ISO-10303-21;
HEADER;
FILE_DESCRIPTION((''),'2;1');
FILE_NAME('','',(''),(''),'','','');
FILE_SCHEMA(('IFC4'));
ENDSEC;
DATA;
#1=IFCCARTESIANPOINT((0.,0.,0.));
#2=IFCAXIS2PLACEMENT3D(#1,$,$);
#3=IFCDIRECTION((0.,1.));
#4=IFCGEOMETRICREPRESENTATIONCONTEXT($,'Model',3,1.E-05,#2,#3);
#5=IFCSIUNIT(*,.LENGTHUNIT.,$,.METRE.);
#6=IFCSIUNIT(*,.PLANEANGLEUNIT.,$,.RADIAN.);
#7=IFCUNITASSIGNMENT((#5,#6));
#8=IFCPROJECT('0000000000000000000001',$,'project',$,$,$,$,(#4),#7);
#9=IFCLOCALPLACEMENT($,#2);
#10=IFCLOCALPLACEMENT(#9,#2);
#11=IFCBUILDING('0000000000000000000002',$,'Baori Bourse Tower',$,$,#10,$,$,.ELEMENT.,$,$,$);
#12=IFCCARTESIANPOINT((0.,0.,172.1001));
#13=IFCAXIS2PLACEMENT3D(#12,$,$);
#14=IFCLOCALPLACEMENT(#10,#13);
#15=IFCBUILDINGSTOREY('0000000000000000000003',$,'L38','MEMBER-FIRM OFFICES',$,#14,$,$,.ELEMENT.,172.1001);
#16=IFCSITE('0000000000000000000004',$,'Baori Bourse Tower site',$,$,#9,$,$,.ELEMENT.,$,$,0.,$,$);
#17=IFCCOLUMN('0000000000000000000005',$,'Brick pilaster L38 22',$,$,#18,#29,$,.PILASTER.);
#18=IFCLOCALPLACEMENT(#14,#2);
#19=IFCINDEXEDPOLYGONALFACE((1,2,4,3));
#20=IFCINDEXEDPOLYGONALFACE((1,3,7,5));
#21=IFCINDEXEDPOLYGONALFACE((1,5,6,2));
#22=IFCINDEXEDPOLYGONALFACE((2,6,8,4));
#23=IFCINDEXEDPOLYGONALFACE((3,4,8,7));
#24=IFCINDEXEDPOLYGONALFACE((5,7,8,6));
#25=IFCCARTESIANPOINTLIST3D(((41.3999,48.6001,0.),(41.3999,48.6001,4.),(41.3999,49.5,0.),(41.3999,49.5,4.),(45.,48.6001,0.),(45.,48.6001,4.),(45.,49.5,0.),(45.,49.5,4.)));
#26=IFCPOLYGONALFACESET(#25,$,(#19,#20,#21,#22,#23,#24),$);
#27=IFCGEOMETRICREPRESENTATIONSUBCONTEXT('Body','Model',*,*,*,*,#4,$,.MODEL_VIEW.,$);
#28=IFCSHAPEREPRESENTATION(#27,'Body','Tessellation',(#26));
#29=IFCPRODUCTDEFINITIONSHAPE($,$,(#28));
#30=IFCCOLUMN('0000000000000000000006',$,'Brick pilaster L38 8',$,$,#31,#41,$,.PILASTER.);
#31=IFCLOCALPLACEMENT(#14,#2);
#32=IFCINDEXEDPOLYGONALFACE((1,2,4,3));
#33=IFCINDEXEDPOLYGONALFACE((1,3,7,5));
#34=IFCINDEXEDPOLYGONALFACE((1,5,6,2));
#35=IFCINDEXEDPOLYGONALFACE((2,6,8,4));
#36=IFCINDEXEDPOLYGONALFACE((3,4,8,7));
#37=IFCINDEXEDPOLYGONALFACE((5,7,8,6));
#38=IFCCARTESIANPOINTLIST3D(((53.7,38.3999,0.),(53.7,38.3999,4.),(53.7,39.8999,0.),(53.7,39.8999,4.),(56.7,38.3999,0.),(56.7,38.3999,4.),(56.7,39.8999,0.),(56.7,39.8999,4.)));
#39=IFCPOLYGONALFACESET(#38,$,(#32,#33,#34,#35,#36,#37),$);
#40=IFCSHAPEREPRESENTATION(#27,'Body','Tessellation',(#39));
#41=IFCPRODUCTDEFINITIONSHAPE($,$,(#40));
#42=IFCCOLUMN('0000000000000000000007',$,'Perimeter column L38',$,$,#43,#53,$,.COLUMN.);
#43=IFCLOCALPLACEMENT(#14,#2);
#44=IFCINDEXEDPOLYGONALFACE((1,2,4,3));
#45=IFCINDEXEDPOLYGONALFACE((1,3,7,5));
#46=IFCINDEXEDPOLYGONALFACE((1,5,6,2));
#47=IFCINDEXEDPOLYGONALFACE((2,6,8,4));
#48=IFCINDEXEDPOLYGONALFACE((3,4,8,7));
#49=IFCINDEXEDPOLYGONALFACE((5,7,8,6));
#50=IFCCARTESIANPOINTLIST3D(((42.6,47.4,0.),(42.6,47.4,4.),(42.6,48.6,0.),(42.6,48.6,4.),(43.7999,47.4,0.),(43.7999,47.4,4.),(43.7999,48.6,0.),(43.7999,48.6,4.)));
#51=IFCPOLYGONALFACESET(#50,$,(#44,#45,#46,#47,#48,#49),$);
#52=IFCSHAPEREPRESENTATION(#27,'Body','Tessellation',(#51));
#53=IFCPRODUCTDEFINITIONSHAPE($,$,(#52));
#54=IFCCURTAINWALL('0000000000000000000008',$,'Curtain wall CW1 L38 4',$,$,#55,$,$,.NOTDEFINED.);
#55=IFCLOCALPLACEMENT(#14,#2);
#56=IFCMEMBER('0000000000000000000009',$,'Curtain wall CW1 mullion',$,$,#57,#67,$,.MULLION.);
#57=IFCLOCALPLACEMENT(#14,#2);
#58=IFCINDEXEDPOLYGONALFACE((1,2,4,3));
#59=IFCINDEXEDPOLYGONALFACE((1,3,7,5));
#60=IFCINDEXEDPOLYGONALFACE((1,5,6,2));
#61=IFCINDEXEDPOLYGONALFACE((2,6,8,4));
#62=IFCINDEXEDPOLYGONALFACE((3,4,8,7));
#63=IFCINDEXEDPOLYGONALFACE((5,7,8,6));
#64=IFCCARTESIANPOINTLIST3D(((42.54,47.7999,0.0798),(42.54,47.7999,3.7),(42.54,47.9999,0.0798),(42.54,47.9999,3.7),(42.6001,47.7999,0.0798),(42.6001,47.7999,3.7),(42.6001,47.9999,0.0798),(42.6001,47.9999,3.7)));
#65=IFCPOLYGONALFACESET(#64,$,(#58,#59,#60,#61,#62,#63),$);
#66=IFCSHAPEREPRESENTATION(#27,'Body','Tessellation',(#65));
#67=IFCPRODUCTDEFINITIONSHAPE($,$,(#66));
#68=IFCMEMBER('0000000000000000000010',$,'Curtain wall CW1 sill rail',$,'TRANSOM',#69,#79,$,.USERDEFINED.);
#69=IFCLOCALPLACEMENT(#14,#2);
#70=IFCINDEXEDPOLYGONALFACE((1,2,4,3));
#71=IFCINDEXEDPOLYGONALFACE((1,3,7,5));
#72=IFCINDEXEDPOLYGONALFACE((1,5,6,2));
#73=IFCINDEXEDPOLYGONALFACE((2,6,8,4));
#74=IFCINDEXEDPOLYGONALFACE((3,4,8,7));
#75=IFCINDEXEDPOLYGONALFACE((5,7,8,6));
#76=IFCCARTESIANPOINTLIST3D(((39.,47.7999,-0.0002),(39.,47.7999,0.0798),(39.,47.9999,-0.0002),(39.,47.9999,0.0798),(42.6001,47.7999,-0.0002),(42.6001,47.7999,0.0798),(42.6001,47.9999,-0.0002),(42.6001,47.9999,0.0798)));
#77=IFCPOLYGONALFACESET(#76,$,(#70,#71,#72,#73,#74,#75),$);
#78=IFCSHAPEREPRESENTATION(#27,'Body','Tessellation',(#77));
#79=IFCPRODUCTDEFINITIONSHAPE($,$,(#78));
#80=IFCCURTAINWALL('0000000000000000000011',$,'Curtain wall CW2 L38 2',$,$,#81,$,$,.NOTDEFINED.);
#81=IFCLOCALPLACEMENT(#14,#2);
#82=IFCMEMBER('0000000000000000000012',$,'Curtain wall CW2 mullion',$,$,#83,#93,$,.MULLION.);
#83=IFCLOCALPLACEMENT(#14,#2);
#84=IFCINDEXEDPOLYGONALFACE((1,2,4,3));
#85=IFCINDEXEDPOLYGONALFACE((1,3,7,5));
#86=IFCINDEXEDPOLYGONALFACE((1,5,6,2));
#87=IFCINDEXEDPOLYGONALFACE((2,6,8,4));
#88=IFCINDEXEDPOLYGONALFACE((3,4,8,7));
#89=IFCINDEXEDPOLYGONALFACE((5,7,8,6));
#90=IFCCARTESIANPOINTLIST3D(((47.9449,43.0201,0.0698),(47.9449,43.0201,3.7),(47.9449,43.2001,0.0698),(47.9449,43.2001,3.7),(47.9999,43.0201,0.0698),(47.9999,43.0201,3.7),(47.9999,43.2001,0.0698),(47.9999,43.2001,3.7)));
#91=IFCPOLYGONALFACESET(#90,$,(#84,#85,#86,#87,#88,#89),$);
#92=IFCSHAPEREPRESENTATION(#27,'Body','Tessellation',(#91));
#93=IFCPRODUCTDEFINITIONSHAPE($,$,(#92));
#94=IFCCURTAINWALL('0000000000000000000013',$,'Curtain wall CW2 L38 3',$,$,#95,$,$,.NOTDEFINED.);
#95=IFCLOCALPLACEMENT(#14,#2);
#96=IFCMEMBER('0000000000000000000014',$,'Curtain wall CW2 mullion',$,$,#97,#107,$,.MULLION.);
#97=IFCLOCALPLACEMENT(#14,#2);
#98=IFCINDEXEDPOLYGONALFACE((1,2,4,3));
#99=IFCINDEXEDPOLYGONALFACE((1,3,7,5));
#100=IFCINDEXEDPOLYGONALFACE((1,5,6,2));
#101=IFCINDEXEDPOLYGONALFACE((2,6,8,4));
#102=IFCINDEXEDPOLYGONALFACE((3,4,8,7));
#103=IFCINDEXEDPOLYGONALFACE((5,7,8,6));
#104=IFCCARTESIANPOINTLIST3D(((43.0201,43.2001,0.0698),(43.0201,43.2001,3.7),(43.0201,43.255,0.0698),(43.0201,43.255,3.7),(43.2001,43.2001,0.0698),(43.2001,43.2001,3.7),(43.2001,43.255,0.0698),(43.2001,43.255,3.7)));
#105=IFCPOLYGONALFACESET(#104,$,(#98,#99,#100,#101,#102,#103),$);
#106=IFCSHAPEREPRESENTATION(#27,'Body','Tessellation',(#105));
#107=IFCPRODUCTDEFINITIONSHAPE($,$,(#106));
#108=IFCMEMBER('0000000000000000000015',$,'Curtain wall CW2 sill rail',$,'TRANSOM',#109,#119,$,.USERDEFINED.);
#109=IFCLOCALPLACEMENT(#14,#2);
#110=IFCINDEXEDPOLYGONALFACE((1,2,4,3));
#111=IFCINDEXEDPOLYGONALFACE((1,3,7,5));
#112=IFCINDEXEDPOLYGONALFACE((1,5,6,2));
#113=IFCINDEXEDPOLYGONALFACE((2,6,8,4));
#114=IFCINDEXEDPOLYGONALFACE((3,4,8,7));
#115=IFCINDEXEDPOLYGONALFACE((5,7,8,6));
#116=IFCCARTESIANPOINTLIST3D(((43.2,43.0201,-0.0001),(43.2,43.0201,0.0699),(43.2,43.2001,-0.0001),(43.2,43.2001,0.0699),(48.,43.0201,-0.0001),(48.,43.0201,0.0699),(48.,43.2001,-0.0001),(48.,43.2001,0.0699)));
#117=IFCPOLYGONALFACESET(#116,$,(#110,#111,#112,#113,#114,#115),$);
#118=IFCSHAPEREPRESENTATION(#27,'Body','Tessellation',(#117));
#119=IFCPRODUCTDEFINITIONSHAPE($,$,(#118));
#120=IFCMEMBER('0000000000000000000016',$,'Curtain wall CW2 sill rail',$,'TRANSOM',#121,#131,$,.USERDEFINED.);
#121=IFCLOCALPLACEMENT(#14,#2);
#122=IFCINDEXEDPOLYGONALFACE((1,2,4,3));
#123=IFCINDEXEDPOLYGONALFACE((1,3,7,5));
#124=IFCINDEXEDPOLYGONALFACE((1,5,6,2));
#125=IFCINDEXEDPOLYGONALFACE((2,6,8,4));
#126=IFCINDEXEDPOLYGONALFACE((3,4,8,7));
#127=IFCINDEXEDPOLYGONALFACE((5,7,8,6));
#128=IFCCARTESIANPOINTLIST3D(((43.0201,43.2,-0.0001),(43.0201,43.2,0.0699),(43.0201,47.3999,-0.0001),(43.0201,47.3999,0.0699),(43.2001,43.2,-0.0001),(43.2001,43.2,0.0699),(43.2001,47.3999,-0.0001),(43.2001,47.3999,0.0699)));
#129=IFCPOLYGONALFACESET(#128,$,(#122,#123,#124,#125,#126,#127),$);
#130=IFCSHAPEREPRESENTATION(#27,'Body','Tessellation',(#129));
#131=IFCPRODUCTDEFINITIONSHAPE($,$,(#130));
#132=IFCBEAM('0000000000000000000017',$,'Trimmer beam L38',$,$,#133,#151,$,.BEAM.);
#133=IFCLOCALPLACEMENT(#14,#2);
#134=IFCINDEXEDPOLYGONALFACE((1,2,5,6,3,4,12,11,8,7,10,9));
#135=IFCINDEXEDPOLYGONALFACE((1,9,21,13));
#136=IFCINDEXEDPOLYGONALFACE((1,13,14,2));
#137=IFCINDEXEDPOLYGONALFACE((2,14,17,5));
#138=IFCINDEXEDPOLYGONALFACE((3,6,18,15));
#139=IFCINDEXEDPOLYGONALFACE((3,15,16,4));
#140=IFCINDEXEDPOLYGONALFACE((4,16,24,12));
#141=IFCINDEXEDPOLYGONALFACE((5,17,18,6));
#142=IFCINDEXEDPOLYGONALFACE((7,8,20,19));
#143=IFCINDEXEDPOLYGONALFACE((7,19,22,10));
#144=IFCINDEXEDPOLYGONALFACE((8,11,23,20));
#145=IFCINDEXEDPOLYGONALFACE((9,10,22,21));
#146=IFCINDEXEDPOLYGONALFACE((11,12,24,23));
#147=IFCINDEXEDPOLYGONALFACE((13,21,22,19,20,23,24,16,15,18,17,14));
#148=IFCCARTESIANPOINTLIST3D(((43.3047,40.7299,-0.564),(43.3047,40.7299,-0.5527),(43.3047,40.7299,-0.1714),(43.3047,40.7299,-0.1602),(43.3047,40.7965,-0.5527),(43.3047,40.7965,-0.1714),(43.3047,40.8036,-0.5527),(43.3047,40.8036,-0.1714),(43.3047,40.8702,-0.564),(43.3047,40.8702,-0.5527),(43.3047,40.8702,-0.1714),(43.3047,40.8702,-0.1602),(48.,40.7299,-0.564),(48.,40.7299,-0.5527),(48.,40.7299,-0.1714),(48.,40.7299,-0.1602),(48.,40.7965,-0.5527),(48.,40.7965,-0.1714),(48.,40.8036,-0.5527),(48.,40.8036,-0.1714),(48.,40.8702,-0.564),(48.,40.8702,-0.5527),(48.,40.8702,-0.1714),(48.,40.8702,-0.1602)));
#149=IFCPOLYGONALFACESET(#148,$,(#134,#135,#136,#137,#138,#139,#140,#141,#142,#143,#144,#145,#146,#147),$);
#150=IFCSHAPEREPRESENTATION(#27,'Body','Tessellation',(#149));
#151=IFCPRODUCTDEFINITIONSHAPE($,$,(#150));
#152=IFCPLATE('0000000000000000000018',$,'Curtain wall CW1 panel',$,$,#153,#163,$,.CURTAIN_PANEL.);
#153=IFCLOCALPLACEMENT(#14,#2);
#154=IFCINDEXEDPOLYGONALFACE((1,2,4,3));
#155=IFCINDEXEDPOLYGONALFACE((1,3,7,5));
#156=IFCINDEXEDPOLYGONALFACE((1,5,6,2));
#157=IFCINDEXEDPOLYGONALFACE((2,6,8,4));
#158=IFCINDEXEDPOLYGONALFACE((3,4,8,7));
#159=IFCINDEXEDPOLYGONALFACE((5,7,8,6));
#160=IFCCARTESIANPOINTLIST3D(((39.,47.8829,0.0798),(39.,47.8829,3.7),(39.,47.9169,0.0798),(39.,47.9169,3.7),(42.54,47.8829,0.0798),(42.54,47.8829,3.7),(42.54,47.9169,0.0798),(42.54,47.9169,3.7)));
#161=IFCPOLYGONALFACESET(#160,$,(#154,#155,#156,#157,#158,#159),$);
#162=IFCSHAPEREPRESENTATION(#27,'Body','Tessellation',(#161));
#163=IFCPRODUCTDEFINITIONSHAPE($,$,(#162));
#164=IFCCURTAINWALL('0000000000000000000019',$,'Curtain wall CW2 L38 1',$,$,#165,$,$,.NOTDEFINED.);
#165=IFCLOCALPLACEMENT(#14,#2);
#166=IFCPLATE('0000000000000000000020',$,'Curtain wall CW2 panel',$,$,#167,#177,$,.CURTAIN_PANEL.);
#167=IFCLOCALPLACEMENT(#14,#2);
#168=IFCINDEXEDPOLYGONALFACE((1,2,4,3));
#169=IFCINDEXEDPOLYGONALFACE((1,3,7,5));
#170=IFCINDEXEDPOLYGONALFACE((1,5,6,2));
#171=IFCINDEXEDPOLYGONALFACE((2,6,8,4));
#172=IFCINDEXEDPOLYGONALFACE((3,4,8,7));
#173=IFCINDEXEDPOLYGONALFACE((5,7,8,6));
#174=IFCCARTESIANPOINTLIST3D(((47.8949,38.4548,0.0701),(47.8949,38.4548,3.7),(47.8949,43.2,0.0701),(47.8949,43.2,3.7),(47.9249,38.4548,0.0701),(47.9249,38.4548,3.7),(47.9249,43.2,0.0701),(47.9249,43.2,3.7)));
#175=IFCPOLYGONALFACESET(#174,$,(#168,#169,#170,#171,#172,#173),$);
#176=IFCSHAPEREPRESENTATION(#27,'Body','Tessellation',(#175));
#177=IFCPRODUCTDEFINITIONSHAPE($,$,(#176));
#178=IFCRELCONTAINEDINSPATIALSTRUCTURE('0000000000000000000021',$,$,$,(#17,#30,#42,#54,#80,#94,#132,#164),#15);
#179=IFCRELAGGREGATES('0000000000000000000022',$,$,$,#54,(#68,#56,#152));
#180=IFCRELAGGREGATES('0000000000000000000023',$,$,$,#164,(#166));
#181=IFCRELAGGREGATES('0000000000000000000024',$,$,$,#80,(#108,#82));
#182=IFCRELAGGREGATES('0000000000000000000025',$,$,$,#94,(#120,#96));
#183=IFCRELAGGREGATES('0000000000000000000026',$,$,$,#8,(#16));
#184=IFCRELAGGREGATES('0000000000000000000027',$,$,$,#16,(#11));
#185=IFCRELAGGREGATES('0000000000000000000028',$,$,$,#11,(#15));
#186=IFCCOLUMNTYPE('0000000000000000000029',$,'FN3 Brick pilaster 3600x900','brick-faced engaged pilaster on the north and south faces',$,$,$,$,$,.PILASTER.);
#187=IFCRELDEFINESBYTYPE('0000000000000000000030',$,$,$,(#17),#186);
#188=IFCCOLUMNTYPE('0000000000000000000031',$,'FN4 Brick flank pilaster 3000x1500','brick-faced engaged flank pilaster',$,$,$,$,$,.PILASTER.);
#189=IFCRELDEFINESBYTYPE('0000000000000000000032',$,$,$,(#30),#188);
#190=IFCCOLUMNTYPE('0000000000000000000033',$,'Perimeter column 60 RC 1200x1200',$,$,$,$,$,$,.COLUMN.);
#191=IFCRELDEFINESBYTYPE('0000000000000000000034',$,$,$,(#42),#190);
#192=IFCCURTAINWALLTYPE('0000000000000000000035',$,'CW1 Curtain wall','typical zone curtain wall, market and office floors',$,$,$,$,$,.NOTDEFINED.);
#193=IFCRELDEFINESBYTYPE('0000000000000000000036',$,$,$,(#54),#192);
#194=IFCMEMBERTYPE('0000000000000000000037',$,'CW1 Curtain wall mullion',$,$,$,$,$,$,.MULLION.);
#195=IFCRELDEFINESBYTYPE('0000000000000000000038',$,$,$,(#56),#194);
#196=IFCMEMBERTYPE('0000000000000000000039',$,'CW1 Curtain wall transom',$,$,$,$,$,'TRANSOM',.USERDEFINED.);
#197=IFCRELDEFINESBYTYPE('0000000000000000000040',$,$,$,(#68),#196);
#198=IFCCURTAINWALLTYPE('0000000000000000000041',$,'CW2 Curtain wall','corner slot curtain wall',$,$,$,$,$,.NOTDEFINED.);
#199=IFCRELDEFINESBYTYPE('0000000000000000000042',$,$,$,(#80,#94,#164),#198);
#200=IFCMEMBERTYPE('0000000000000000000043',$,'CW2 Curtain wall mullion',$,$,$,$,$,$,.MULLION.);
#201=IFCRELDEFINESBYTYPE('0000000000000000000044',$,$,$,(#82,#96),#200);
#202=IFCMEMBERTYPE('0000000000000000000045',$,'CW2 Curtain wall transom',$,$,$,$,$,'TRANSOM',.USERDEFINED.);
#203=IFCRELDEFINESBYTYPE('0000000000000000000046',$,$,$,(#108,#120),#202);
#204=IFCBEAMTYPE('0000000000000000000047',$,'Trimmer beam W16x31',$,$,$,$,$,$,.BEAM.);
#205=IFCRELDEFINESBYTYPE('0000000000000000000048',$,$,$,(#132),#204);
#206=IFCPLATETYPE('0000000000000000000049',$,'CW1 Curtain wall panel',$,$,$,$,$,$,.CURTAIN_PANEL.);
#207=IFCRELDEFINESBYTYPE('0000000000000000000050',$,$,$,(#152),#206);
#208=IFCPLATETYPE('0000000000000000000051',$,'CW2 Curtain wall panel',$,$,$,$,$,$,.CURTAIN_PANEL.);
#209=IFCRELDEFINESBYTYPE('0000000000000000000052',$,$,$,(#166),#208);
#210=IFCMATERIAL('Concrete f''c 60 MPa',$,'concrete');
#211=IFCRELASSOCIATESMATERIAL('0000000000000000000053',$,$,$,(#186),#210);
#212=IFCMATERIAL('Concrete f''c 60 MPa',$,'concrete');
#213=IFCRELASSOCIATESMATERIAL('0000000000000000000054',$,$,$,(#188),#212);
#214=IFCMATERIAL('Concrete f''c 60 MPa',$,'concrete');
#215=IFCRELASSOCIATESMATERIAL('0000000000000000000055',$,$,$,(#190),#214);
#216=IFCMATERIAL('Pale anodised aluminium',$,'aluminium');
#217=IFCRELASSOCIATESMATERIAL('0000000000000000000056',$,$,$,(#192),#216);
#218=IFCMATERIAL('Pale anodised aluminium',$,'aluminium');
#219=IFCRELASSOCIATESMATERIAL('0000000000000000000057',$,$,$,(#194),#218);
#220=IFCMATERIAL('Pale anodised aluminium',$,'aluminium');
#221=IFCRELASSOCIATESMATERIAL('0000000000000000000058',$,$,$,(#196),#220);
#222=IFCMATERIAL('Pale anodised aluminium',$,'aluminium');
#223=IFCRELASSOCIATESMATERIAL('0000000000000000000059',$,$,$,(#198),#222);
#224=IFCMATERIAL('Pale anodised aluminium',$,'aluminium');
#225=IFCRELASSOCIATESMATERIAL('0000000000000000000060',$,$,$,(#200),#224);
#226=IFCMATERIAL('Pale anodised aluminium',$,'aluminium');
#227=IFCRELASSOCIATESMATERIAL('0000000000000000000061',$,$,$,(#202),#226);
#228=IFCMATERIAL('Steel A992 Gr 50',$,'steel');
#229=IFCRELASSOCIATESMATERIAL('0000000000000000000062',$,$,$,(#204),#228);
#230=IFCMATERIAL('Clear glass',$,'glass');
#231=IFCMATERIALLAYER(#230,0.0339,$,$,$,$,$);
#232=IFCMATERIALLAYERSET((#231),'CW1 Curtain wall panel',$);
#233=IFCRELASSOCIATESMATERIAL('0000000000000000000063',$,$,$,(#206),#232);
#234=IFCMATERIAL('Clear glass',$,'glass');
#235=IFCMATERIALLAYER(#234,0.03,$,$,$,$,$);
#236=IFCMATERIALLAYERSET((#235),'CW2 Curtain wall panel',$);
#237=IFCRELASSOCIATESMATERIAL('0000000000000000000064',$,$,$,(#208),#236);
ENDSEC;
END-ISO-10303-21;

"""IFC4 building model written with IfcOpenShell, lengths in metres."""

from ifc_helpers import new_model, si_unit, direction, frame, origin, origin_2d, place, context, subcontext, project, spatial, rectangle, i_section, extrude, material, layer, layer_set, material_profile, profile_set, type_object, element, aggregate, save


model = new_model("IFC4")

# Units and contexts
model_context = context("Model", 3, precision=1e-05, world=origin(), true_north=direction((0.0, 1.0)))
body_context = subcontext(model_context, "Body", "Model", "MODEL_VIEW")
ifc_project = project(units=[si_unit("LENGTHUNIT", "METRE"), si_unit("PLANEANGLEUNIT", "RADIAN")], contexts=[model_context])

# Site, building, storey
site_placement = place(None, origin())
site = spatial("IfcSite", under=ifc_project, at=site_placement, Name="Baori Bourse Tower site", CompositionType="ELEMENT", RefElevation=0.0)
building_placement = place(site_placement, origin())
building = spatial("IfcBuilding", under=site, at=building_placement, Name="Baori Bourse Tower", CompositionType="ELEMENT")
storey_placement = place(building_placement, frame((0.0, 0.0, 172.1001)))
storey = spatial("IfcBuildingStorey", under=building, at=storey_placement, Name="L38", Description="MEMBER-FIRM OFFICES", CompositionType="ELEMENT", Elevation=172.1001)

# Columns
ifc_material_1 = material(Name="Concrete f'c 60 MPa", Category="concrete")
ifc_material_profile_1 = material_profile(ifc_material_1, rectangle(XDim=3.6001, YDim=0.8999, at=origin_2d()), Name="RC 3600x900")
ifc_profile_set_1 = profile_set([ifc_material_profile_1], Name="Concrete f'c 60 MPa")
column_type_1 = type_object("IfcColumnType", Name="FN3 Brick pilaster 3600x900", Description="brick-faced engaged pilaster on the north and south faces", PredefinedType="PILASTER", material=ifc_profile_set_1)
column_1_placement = place(storey_placement, frame((43.2, 49.05, 0.0), z_axis=(0.0, 0.0, 1.0), x_axis=(1.0, 0.0, 0.0)))
element("IfcColumn", 1, at=column_1_placement, inside=storey, type_object=column_type_1, Name="Brick pilaster L38 22", PredefinedType="PILASTER", context=body_context, shape_type="SweptSolid", body=[
    extrude(rectangle(XDim=3.6001, YDim=0.8999, at=origin_2d()), origin(), (0.0, 0.0, 1.0), 4.0),
])
ifc_material_2 = material(Name="Concrete f'c 60 MPa", Category="concrete")
ifc_material_profile_2 = material_profile(ifc_material_2, rectangle(XDim=3.0, YDim=1.5, at=origin_2d()), Name="RC 3000x1500")
ifc_profile_set_2 = profile_set([ifc_material_profile_2], Name="Concrete f'c 60 MPa")
column_type_2 = type_object("IfcColumnType", Name="FN4 Brick flank pilaster 3000x1500", Description="brick-faced engaged flank pilaster", PredefinedType="PILASTER", material=ifc_profile_set_2)
column_2_placement = place(storey_placement, frame((55.2, 39.1499, 0.0), z_axis=(0.0, 0.0, 1.0), x_axis=(1.0, 0.0, 0.0)))
element("IfcColumn", 2, at=column_2_placement, inside=storey, type_object=column_type_2, Name="Brick pilaster L38 8", PredefinedType="PILASTER", context=body_context, shape_type="SweptSolid", body=[
    extrude(rectangle(XDim=3.0, YDim=1.5, at=origin_2d()), origin(), (0.0, 0.0, 1.0), 4.0),
])
ifc_material_3 = material(Name="Concrete f'c 60 MPa", Category="concrete")
ifc_material_profile_3 = material_profile(ifc_material_3, rectangle(XDim=1.2, YDim=1.2, at=origin_2d()), Name="RC 1200x1200")
ifc_profile_set_3 = profile_set([ifc_material_profile_3], Name="Concrete f'c 60 MPa")
column_type_3 = type_object("IfcColumnType", Name="Perimeter column 60 RC 1200x1200", PredefinedType="COLUMN", material=ifc_profile_set_3)
column_3_placement = place(storey_placement, frame((43.2, 48.0, 0.0), z_axis=(0.0, 0.0, 1.0), x_axis=(1.0, 0.0, 0.0)))
element("IfcColumn", 3, at=column_3_placement, inside=storey, type_object=column_type_3, Name="Perimeter column L38", PredefinedType="COLUMN", context=body_context, shape_type="SweptSolid", body=[
    extrude(rectangle(XDim=1.2, YDim=1.2, at=origin_2d()), origin(), (0.0, 0.0, 1.0), 4.0),
])

# Curtain wall, members
ifc_material_4 = material(Name="Pale anodised aluminium", Category="aluminium")
curtain_wall_type_1 = type_object("IfcCurtainWallType", Name="CW1 Curtain wall", Description="typical zone curtain wall, market and office floors", PredefinedType="NOTDEFINED", material=ifc_material_4)
curtain_wall_1_placement = place(storey_placement, origin())
curtain_wall_1 = element("IfcCurtainWall", 4, at=curtain_wall_1_placement, inside=storey, type_object=curtain_wall_type_1, Name="Curtain wall CW1 L38 4", PredefinedType="NOTDEFINED")
ifc_material_5 = material(Name="Pale anodised aluminium", Category="aluminium")
ifc_material_profile_4 = material_profile(ifc_material_5, rectangle(XDim=0.2, YDim=0.0601, at=origin_2d()), Name="Mullion 60x200")
ifc_profile_set_4 = profile_set([ifc_material_profile_4], Name="Pale anodised aluminium")
member_type_1 = type_object("IfcMemberType", Name="CW1 Curtain wall mullion", PredefinedType="MULLION", material=ifc_profile_set_4)
member_1_placement = place(storey_placement, frame((42.5701, 47.8999, 0.0798), z_axis=(0.0, 0.0, 1.0), x_axis=(0.0, -1.0, 0.0)))
member_1 = element("IfcMember", 5, at=member_1_placement, type_object=member_type_1, Name="Curtain wall CW1 mullion", PredefinedType="MULLION", context=body_context, shape_type="SweptSolid", body=[
    extrude(rectangle(XDim=0.2, YDim=0.0601, at=origin_2d()), origin(), (0.0, 0.0, 1.0), 3.6201),
])
ifc_material_6 = material(Name="Pale anodised aluminium", Category="aluminium")
ifc_material_profile_5 = material_profile(ifc_material_6, rectangle(XDim=0.2, YDim=0.0801, at=origin_2d()), Name="Transom 80x200")
ifc_profile_set_5 = profile_set([ifc_material_profile_5], Name="Pale anodised aluminium")
member_type_2 = type_object("IfcMemberType", Name="CW1 Curtain wall transom", ElementType="TRANSOM", PredefinedType="USERDEFINED", material=ifc_profile_set_5)
member_2_placement = place(storey_placement, frame((42.6001, 47.8999, 0.0398), z_axis=(-1.0, 0.0, 0.0), x_axis=(0.0, -1.0, 0.0)))
member_2 = element("IfcMember", 6, at=member_2_placement, type_object=member_type_2, Name="Curtain wall CW1 sill rail", ObjectType="TRANSOM", PredefinedType="USERDEFINED", context=body_context, shape_type="SweptSolid", body=[
    extrude(rectangle(XDim=0.2, YDim=0.0801, at=origin_2d()), origin(), (0.0, 0.0, 1.0), 3.6001),
])

# Curtain walls, members
ifc_material_7 = material(Name="Pale anodised aluminium", Category="aluminium")
curtain_wall_type_2 = type_object("IfcCurtainWallType", Name="CW2 Curtain wall", Description="corner slot curtain wall", PredefinedType="NOTDEFINED", material=ifc_material_7)
curtain_wall_2_placement = place(storey_placement, origin())
curtain_wall_2 = element("IfcCurtainWall", 7, at=curtain_wall_2_placement, inside=storey, type_object=curtain_wall_type_2, Name="Curtain wall CW2 L38 2", PredefinedType="NOTDEFINED")
ifc_material_8 = material(Name="Pale anodised aluminium", Category="aluminium")
ifc_material_profile_6 = material_profile(ifc_material_8, rectangle(XDim=0.1799, YDim=0.0549, at=origin_2d()), Name="Mullion 55x180")
ifc_profile_set_6 = profile_set([ifc_material_profile_6], Name="Pale anodised aluminium")
member_type_3 = type_object("IfcMemberType", Name="CW2 Curtain wall mullion", PredefinedType="MULLION", material=ifc_profile_set_6)
member_3_placement = place(storey_placement, frame((47.9724, 43.1101, 0.0698), z_axis=(0.0, 0.0, 1.0), x_axis=(0.0, -1.0, 0.0)))
member_3 = element("IfcMember", 8, at=member_3_placement, type_object=member_type_3, Name="Curtain wall CW2 mullion", PredefinedType="MULLION", context=body_context, shape_type="SweptSolid", body=[
    extrude(rectangle(XDim=0.1799, YDim=0.0549, at=origin_2d()), origin(), (0.0, 0.0, 1.0), 3.6301),
])
curtain_wall_3_placement = place(storey_placement, origin())
curtain_wall_3 = element("IfcCurtainWall", 9, at=curtain_wall_3_placement, inside=storey, type_object=curtain_wall_type_2, Name="Curtain wall CW2 L38 3", PredefinedType="NOTDEFINED")
member_4_placement = place(storey_placement, frame((43.1101, 43.2275, 0.0698), z_axis=(0.0, 0.0, 1.0), x_axis=(-1.0, 0.0, 0.0)))
member_4 = element("IfcMember", 10, at=member_4_placement, type_object=member_type_3, Name="Curtain wall CW2 mullion", PredefinedType="MULLION", context=body_context, shape_type="SweptSolid", body=[
    extrude(rectangle(XDim=0.1799, YDim=0.0549, at=origin_2d()), origin(), (0.0, 0.0, 1.0), 3.6301),
])

# Members
ifc_material_9 = material(Name="Pale anodised aluminium", Category="aluminium")
ifc_material_profile_7 = material_profile(ifc_material_9, rectangle(XDim=0.1799, YDim=0.0701, at=origin_2d()), Name="Transom 70x180")
ifc_profile_set_7 = profile_set([ifc_material_profile_7], Name="Pale anodised aluminium")
member_type_4 = type_object("IfcMemberType", Name="CW2 Curtain wall transom", ElementType="TRANSOM", PredefinedType="USERDEFINED", material=ifc_profile_set_7)
member_5_placement = place(storey_placement, frame((48.0, 43.1101, 0.0349), z_axis=(-1.0, 0.0, 0.0), x_axis=(0.0, -1.0, 0.0)))
member_5 = element("IfcMember", 11, at=member_5_placement, type_object=member_type_4, Name="Curtain wall CW2 sill rail", ObjectType="TRANSOM", PredefinedType="USERDEFINED", context=body_context, shape_type="SweptSolid", body=[
    extrude(rectangle(XDim=0.1799, YDim=0.0701, at=origin_2d()), origin(), (0.0, 0.0, 1.0), 4.8),
])
member_6_placement = place(storey_placement, frame((43.1101, 43.2, 0.0349), z_axis=(0.0, 1.0, 0.0), x_axis=(-1.0, 0.0, 0.0)))
member_6 = element("IfcMember", 12, at=member_6_placement, type_object=member_type_4, Name="Curtain wall CW2 sill rail", ObjectType="TRANSOM", PredefinedType="USERDEFINED", context=body_context, shape_type="SweptSolid", body=[
    extrude(rectangle(XDim=0.1799, YDim=0.0701, at=origin_2d()), origin(), (0.0, 0.0, 1.0), 4.2),
])

# Beam
ifc_material_10 = material(Name="Steel A992 Gr 50", Category="steel")
ifc_material_profile_8 = material_profile(ifc_material_10, i_section(OverallWidth=0.1404, OverallDepth=0.4038, WebThickness=0.0071, FlangeThickness=0.0112, at=origin_2d()), Name="W16x31")
ifc_profile_set_8 = profile_set([ifc_material_profile_8], Name="Steel A992 Gr 50")
beam_type = type_object("IfcBeamType", Name="Trimmer beam W16x31", PredefinedType="BEAM", material=ifc_profile_set_8)
beam_placement = place(storey_placement, frame((43.3047, 40.8, -0.3621), z_axis=(1.0, 0.0, 0.0), x_axis=(0.0, 1.0, 0.0)))
element("IfcBeam", 13, at=beam_placement, inside=storey, type_object=beam_type, Name="Trimmer beam L38", PredefinedType="BEAM", context=body_context, shape_type="SweptSolid", body=[
    extrude(i_section(OverallWidth=0.1404, OverallDepth=0.4038, WebThickness=0.0071, FlangeThickness=0.0112, at=origin_2d()), origin(), (0.0, 0.0, 1.0), 4.6953),
])

# Plate
ifc_material_11 = material(Name="Clear glass", Category="glass")
ifc_layer_1 = layer(ifc_material_11, 0.0339)
ifc_layer_set_1 = layer_set([ifc_layer_1], Name="CW1 Curtain wall panel")
plate_type_1 = type_object("IfcPlateType", Name="CW1 Curtain wall panel", PredefinedType="CURTAIN_PANEL", material=ifc_layer_set_1)
plate_1_placement = place(storey_placement, frame((40.77, 47.8999, 0.0798), z_axis=(0.0, 0.0, 1.0), x_axis=(-1.0, 0.0, 0.0)))
plate_1 = element("IfcPlate", 14, at=plate_1_placement, type_object=plate_type_1, Name="Curtain wall CW1 panel", PredefinedType="CURTAIN_PANEL", context=body_context, shape_type="SweptSolid", body=[
    extrude(rectangle(XDim=3.54, YDim=0.0339, at=origin_2d()), origin(), (0.0, 0.0, 1.0), 3.6201),
])
aggregate(curtain_wall_1, [member_2, member_1, plate_1])

# Curtain wall, plate
curtain_wall_4_placement = place(storey_placement, origin())
curtain_wall_4 = element("IfcCurtainWall", 15, at=curtain_wall_4_placement, inside=storey, type_object=curtain_wall_type_2, Name="Curtain wall CW2 L38 1", PredefinedType="NOTDEFINED")
ifc_material_12 = material(Name="Clear glass", Category="glass")
ifc_layer_2 = layer(ifc_material_12, 0.03)
ifc_layer_set_2 = layer_set([ifc_layer_2], Name="CW2 Curtain wall panel")
plate_type_2 = type_object("IfcPlateType", Name="CW2 Curtain wall panel", PredefinedType="CURTAIN_PANEL", material=ifc_layer_set_2)
plate_2_placement = place(storey_placement, frame((47.9099, 40.8274, 0.0701), z_axis=(0.0, 0.0, 1.0), x_axis=(0.0, 1.0, 0.0)))
plate_2 = element("IfcPlate", 16, at=plate_2_placement, type_object=plate_type_2, Name="Curtain wall CW2 panel", PredefinedType="CURTAIN_PANEL", context=body_context, shape_type="SweptSolid", body=[
    extrude(rectangle(XDim=4.7451, YDim=0.03, at=origin_2d()), origin(), (0.0, 0.0, 1.0), 3.6299),
])
aggregate(curtain_wall_4, [plate_2])

aggregate(curtain_wall_2, [member_5, member_3])
aggregate(curtain_wall_3, [member_6, member_4])

save(model, "model.ifc")
